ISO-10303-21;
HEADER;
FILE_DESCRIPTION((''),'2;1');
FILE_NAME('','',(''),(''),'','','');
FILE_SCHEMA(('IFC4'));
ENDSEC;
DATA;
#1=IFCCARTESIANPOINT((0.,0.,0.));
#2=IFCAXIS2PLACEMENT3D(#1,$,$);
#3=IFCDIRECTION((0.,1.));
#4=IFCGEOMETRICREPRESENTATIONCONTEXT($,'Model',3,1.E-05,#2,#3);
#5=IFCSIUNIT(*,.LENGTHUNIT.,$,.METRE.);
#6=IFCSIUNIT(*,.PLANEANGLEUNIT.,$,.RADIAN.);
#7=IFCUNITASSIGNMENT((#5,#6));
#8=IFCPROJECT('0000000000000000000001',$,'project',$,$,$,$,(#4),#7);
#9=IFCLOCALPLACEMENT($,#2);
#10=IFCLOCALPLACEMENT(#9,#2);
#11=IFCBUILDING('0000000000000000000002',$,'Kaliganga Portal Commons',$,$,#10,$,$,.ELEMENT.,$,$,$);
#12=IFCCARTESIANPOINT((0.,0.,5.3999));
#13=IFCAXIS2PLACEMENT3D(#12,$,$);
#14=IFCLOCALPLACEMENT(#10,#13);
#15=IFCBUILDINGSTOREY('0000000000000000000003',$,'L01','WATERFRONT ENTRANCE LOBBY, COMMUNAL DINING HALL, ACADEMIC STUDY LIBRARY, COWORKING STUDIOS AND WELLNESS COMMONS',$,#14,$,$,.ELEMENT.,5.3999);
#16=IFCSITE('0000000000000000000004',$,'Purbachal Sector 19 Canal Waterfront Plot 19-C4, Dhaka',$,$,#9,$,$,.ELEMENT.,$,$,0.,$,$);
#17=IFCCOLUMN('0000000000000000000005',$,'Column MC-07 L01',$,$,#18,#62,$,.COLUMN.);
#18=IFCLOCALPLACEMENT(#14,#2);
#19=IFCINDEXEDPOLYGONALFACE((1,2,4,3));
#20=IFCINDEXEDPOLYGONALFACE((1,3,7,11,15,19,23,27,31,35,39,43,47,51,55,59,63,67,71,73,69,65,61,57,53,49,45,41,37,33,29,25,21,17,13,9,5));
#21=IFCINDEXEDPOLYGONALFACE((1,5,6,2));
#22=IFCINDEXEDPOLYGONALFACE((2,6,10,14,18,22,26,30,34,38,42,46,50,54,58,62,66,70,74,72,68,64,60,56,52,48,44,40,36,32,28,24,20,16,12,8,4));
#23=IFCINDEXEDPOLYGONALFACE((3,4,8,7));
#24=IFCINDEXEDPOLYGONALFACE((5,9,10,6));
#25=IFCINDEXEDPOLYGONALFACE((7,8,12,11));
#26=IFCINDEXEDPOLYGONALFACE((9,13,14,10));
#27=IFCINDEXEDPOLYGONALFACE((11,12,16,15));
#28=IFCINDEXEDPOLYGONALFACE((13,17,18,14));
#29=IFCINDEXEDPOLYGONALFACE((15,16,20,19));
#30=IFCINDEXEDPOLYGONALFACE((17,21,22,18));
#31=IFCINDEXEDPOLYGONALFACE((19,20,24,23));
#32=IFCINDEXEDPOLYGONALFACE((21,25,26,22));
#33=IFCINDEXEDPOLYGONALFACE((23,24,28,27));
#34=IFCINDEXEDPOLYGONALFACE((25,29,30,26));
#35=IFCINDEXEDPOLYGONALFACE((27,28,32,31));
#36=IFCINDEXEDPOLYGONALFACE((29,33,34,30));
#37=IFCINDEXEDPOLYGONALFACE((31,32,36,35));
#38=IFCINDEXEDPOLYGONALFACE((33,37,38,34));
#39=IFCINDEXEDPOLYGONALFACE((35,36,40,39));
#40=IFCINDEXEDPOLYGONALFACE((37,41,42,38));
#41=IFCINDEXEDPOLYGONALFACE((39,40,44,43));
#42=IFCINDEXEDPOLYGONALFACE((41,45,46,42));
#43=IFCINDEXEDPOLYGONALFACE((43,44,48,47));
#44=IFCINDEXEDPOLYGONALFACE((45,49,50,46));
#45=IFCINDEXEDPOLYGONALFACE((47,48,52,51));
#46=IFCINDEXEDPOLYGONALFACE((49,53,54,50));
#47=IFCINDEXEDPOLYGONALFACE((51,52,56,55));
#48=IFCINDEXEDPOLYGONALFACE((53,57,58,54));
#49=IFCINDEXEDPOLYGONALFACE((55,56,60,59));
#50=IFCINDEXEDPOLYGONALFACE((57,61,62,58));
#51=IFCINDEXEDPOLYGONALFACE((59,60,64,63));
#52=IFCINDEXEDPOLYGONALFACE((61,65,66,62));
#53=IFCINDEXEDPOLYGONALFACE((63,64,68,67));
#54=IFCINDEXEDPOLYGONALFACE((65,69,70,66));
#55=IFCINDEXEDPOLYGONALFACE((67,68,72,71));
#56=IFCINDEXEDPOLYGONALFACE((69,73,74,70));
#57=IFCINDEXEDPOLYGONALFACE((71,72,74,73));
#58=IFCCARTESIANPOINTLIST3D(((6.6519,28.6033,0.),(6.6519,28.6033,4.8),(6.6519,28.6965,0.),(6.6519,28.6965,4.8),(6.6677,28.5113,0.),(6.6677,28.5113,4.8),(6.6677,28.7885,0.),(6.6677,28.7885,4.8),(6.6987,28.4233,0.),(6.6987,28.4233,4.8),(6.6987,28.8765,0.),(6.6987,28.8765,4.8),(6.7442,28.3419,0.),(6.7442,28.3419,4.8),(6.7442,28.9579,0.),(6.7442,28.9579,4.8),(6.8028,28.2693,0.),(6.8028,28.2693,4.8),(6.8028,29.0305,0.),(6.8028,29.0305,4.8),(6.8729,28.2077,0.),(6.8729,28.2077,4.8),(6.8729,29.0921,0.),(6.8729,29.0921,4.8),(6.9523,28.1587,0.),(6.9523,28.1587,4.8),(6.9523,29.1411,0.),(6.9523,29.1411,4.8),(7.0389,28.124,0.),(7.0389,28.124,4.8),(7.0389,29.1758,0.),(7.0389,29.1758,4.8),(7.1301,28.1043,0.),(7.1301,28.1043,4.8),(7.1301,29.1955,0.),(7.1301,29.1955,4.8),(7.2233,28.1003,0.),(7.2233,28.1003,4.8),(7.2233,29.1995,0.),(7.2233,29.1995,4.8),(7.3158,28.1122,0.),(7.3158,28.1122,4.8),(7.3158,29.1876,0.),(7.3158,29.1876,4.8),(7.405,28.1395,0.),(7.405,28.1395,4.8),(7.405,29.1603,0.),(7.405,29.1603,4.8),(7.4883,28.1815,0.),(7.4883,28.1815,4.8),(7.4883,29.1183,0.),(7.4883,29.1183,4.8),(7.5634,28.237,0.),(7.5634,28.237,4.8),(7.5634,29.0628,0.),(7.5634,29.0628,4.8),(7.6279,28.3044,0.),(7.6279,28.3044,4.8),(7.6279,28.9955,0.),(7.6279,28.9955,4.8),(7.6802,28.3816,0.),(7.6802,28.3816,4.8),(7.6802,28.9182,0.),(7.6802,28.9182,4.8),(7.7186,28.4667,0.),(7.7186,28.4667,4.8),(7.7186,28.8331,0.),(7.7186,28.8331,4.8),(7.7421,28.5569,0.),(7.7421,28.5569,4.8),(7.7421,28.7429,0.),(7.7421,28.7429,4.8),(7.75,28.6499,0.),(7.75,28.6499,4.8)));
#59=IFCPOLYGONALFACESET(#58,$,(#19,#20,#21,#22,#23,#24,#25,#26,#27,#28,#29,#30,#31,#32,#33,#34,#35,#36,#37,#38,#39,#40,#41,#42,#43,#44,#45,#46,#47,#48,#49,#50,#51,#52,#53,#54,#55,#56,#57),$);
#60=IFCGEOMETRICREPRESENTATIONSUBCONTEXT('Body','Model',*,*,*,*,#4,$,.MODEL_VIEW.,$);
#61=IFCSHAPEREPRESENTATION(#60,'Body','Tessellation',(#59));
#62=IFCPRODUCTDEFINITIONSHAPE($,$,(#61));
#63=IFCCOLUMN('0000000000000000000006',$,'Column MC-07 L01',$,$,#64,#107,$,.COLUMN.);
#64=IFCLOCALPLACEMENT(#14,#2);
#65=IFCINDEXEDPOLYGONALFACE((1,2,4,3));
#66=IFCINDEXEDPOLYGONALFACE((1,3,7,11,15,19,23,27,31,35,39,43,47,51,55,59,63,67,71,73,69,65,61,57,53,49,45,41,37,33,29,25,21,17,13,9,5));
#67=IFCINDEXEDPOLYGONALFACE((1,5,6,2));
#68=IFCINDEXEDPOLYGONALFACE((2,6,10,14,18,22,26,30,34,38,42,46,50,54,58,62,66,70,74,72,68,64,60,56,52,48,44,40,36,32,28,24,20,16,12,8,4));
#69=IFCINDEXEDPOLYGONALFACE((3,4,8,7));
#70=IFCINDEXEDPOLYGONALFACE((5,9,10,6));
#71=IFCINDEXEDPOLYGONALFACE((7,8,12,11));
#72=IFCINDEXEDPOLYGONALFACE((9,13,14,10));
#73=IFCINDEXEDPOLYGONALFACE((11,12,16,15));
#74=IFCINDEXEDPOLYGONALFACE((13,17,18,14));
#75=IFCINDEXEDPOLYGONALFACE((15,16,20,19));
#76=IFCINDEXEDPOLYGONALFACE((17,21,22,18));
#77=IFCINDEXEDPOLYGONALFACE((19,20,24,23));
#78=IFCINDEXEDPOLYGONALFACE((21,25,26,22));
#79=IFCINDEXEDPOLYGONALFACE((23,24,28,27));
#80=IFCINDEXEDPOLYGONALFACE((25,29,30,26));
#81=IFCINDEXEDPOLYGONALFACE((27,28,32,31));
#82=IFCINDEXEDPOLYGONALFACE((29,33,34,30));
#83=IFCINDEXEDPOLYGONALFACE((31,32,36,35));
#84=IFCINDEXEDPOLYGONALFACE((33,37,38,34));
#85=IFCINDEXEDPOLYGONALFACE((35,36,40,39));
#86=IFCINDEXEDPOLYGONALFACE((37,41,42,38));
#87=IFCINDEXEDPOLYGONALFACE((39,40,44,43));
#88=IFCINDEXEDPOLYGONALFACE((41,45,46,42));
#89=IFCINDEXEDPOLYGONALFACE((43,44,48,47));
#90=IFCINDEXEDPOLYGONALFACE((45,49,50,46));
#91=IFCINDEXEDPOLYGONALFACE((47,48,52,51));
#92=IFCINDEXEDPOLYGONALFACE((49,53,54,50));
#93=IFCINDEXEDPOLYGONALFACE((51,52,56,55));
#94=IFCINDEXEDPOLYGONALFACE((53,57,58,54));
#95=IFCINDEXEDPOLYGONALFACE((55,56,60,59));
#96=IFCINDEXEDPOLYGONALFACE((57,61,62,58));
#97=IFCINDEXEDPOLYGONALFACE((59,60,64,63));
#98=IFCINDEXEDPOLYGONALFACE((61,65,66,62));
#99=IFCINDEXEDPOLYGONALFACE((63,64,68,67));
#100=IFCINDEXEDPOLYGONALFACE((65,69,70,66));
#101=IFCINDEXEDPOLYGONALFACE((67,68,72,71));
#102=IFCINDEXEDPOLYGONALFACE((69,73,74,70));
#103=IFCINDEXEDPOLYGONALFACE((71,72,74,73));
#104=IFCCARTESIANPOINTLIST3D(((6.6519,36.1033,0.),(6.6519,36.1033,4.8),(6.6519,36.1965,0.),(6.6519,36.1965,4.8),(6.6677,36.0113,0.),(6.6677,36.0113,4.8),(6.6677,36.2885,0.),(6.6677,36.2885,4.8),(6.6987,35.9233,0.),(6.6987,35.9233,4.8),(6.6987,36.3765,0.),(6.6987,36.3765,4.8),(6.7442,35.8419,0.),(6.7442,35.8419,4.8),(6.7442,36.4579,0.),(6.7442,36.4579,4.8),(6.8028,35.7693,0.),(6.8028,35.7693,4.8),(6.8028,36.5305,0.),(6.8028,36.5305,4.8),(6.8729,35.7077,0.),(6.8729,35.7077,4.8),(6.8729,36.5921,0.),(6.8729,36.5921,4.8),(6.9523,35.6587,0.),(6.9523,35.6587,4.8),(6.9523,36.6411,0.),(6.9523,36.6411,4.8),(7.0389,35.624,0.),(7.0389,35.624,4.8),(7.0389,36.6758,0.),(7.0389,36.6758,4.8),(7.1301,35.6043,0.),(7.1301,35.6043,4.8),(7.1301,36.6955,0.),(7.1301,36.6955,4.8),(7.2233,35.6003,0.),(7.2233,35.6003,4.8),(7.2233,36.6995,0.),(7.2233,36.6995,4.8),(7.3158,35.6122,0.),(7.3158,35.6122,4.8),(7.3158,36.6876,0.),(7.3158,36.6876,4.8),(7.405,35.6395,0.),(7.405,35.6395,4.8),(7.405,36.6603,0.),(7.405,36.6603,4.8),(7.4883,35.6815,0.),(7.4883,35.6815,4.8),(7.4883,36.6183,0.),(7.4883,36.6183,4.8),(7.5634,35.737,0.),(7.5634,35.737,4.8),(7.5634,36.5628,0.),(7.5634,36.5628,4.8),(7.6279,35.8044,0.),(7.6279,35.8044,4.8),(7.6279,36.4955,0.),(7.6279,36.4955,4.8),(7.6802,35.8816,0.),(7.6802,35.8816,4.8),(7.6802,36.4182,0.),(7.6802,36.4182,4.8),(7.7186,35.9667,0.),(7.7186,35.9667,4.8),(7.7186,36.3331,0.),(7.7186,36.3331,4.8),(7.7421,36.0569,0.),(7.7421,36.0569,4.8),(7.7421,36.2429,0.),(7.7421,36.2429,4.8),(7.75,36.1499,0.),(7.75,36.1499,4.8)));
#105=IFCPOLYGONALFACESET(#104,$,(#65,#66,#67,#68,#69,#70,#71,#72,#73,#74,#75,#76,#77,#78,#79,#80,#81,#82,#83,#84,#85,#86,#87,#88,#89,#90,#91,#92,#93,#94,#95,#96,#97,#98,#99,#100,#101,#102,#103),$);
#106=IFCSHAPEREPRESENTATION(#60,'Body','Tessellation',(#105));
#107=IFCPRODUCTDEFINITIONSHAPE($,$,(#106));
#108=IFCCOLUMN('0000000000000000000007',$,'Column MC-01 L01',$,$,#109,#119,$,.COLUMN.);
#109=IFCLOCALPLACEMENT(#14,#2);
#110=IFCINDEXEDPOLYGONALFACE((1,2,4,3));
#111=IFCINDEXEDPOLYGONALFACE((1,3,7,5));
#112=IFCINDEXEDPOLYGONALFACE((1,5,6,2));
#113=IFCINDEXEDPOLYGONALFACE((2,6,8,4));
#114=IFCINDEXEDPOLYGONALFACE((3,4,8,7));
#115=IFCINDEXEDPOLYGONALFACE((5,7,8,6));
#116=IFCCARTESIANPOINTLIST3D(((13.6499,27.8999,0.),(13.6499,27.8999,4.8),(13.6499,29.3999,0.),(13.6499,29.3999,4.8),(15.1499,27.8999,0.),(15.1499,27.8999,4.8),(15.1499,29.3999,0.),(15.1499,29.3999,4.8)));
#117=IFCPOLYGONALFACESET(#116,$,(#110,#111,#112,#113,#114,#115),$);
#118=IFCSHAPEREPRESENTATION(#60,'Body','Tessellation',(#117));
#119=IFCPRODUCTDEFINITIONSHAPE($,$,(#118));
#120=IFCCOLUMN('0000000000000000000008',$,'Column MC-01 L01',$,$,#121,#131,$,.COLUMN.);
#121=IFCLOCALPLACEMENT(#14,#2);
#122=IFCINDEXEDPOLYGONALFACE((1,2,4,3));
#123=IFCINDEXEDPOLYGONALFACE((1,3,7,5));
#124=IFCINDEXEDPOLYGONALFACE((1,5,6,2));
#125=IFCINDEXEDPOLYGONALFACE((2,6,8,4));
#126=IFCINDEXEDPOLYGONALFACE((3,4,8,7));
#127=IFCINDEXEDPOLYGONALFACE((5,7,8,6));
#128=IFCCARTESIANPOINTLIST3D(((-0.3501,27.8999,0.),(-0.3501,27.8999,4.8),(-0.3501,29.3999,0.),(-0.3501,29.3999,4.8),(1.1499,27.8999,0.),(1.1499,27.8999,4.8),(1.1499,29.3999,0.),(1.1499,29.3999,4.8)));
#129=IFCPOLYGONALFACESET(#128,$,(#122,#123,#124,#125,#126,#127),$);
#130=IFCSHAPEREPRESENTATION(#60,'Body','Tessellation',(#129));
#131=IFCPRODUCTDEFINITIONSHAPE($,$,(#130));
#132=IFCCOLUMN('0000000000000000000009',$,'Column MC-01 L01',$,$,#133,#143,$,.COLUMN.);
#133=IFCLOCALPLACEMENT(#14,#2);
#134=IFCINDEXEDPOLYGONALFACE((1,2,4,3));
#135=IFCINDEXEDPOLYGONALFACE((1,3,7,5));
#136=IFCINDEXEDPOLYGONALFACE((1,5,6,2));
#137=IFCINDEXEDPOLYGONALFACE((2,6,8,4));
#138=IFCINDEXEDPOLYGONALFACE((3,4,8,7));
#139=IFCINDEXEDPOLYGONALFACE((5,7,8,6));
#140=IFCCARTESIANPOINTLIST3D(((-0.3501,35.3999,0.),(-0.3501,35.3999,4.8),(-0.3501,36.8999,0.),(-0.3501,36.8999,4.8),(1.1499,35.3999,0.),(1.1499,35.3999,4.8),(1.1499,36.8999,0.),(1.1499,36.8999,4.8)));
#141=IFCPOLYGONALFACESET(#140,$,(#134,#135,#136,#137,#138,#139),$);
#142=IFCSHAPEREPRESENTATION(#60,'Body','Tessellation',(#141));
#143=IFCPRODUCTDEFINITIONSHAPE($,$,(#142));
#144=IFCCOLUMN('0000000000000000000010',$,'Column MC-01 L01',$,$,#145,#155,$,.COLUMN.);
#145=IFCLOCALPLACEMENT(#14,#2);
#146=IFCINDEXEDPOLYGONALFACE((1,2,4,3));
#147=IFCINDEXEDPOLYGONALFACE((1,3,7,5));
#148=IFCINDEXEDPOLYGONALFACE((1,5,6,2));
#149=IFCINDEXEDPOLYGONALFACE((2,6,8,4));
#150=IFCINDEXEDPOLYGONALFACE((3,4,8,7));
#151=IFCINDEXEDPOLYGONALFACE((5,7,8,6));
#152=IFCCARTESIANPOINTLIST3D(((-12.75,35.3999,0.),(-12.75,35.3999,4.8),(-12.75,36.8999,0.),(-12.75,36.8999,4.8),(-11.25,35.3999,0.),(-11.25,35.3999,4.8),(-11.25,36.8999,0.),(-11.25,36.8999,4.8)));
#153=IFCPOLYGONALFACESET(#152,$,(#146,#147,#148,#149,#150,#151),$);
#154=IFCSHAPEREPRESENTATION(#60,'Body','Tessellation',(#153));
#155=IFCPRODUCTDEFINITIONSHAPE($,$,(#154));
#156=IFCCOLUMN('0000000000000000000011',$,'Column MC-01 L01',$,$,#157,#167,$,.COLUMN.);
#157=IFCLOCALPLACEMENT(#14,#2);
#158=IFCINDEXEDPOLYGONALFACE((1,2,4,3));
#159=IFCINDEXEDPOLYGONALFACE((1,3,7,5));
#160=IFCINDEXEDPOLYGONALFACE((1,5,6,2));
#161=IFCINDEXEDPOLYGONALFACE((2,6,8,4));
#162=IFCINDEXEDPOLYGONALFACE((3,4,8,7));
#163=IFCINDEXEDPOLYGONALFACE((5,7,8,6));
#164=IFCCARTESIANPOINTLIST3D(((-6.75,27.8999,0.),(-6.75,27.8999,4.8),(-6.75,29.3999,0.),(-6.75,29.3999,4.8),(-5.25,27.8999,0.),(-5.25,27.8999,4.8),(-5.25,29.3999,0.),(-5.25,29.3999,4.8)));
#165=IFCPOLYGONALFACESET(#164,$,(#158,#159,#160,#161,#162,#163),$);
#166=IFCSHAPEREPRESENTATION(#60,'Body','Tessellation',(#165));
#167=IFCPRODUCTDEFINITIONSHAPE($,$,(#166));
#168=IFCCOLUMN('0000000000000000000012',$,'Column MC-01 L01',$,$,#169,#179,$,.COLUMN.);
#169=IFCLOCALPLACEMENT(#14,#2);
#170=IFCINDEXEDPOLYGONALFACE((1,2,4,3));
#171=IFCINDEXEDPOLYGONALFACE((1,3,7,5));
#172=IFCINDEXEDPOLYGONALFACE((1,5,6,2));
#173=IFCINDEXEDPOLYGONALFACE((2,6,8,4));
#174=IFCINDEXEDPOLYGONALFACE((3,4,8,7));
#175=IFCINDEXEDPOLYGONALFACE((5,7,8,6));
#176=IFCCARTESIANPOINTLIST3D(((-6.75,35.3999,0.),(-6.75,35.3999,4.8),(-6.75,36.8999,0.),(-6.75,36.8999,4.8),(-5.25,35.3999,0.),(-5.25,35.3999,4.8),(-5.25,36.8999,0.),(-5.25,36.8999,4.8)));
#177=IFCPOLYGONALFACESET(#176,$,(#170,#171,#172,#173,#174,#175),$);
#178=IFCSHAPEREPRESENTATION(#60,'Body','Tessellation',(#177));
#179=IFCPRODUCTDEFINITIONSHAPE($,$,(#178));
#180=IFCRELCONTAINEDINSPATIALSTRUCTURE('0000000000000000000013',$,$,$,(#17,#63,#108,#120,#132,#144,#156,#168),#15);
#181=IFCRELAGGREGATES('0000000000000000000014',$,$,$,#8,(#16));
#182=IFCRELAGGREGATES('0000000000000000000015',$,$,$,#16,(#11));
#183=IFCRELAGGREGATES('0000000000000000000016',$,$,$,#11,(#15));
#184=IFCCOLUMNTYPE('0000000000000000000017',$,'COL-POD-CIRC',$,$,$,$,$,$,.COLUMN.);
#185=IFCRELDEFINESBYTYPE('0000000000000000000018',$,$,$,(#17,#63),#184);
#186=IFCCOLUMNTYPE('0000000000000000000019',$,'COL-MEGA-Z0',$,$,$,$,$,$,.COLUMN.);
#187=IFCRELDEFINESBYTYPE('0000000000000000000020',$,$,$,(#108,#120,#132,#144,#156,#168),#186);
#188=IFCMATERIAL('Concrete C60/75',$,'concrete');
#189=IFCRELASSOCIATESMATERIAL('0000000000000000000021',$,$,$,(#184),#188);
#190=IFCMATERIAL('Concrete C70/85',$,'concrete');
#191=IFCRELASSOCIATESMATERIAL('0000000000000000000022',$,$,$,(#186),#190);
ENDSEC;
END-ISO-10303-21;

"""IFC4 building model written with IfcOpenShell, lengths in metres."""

from ifc_helpers import new_model, si_unit, direction, frame, origin, origin_2d, place, context, subcontext, project, spatial, rectangle, circle, extrude, source, transform, mapped, material, material_profile, profile_set, type_object, element, save


model = new_model("IFC4")

# Units and contexts
model_context = context("Model", 3, precision=1e-05, world=origin(), true_north=direction((0.0, 1.0)))
body_context = subcontext(model_context, "Body", "Model", "MODEL_VIEW")
ifc_project = project(units=[si_unit("LENGTHUNIT", "METRE"), si_unit("PLANEANGLEUNIT", "RADIAN")], contexts=[model_context])

# Site, building, storey
site_placement = place(None, origin())
site = spatial("IfcSite", under=ifc_project, at=site_placement, Name="Purbachal Sector 19 Canal Waterfront Plot 19-C4, Dhaka", CompositionType="ELEMENT", RefElevation=0.0)
building_placement = place(site_placement, origin())
building = spatial("IfcBuilding", under=site, at=building_placement, Name="Kaliganga Portal Commons", CompositionType="ELEMENT")
storey_placement = place(building_placement, frame((0.0, 0.0, 5.3999)))
storey = spatial("IfcBuildingStorey", under=building, at=storey_placement, Name="L01", Description="WATERFRONT ENTRANCE LOBBY, COMMUNAL DINING HALL, ACADEMIC STUDY LIBRARY, COWORKING STUDIOS AND WELLNESS COMMONS", CompositionType="ELEMENT", Elevation=5.3999)

# Columns
ifc_material_1 = material(Name="Concrete C60/75", Category="concrete")
ifc_material_profile_1 = material_profile(ifc_material_1, circle(Radius=0.55, at=origin_2d()), Name="RC COL D1100")
ifc_profile_set_1 = profile_set([ifc_material_profile_1], Name="Concrete C60/75")
column_type_1 = type_object("IfcColumnType", Name="COL-POD-CIRC", PredefinedType="COLUMN", material=ifc_profile_set_1)
shared_shape_1 = source(origin(), body_context, "Body", "SweptSolid", [
    extrude(circle(Radius=0.55, at=origin_2d()), origin(), (0.0, 0.0, 1.0), 4.8),
])
for number, where, z_axis, x_axis, name in (
    (1, (7.2, 28.6499, 0.0), (0.0, 0.0, 1.0), (1.0, 0.0, 0.0), "Column MC-07 L01"),
    (2, (7.2, 36.1499, 0.0), (0.0, 0.0, 1.0), (1.0, 0.0, 0.0), "Column MC-07 L01"),
):
    element("IfcColumn", number, at=place(storey_placement, frame(where, z_axis=z_axis, x_axis=x_axis)), inside=storey, type_object=column_type_1, Name=name, PredefinedType="COLUMN", context=body_context, shape_type="MappedRepresentation", body=[
        mapped(shared_shape_1, transform((0.0, 0.0, 0.0), x_axis=(1.0, 0.0, 0.0), y_axis=(0.0, 1.0, 0.0), z_axis=(0.0, 0.0, 1.0), scale=1.0)),
    ])
ifc_material_2 = material(Name="Concrete C70/85", Category="concrete")
ifc_material_profile_2 = material_profile(ifc_material_2, rectangle(XDim=1.5, YDim=1.5, at=origin_2d()), Name="RC 1500x1500")
ifc_profile_set_2 = profile_set([ifc_material_profile_2], Name="Concrete C70/85")
column_type_2 = type_object("IfcColumnType", Name="COL-MEGA-Z0", PredefinedType="COLUMN", material=ifc_profile_set_2)
shared_shape_2 = source(origin(), body_context, "Body", "SweptSolid", [
    extrude(rectangle(XDim=1.5, YDim=1.5, at=origin_2d()), origin(), (0.0, 0.0, 1.0), 4.8),
])
for number, where, z_axis, x_axis, name in (
    (3, (14.3999, 28.6499, 0.0), (0.0, 0.0, 1.0), (1.0, 0.0, 0.0), "Column MC-01 L01"),
    (4, (0.3999, 28.6499, 0.0), (0.0, 0.0, 1.0), (1.0, 0.0, 0.0), "Column MC-01 L01"),
    (5, (0.3999, 36.1499, 0.0), (0.0, 0.0, 1.0), (1.0, 0.0, 0.0), "Column MC-01 L01"),
    (6, (-12.0, 36.1499, 0.0), (0.0, 0.0, 1.0), (1.0, 0.0, 0.0), "Column MC-01 L01"),
    (7, (-6.0, 28.6499, 0.0), (0.0, 0.0, 1.0), (1.0, 0.0, 0.0), "Column MC-01 L01"),
    (8, (-6.0, 36.1499, 0.0), (0.0, 0.0, 1.0), (1.0, 0.0, 0.0), "Column MC-01 L01"),
):
    element("IfcColumn", number, at=place(storey_placement, frame(where, z_axis=z_axis, x_axis=x_axis)), inside=storey, type_object=column_type_2, Name=name, PredefinedType="COLUMN", context=body_context, shape_type="MappedRepresentation", body=[
        mapped(shared_shape_2, transform((0.0, 0.0, 0.0), x_axis=(1.0, 0.0, 0.0), y_axis=(0.0, 1.0, 0.0), z_axis=(0.0, 0.0, 1.0), scale=1.0)),
    ])

save(model, "model.ifc")
